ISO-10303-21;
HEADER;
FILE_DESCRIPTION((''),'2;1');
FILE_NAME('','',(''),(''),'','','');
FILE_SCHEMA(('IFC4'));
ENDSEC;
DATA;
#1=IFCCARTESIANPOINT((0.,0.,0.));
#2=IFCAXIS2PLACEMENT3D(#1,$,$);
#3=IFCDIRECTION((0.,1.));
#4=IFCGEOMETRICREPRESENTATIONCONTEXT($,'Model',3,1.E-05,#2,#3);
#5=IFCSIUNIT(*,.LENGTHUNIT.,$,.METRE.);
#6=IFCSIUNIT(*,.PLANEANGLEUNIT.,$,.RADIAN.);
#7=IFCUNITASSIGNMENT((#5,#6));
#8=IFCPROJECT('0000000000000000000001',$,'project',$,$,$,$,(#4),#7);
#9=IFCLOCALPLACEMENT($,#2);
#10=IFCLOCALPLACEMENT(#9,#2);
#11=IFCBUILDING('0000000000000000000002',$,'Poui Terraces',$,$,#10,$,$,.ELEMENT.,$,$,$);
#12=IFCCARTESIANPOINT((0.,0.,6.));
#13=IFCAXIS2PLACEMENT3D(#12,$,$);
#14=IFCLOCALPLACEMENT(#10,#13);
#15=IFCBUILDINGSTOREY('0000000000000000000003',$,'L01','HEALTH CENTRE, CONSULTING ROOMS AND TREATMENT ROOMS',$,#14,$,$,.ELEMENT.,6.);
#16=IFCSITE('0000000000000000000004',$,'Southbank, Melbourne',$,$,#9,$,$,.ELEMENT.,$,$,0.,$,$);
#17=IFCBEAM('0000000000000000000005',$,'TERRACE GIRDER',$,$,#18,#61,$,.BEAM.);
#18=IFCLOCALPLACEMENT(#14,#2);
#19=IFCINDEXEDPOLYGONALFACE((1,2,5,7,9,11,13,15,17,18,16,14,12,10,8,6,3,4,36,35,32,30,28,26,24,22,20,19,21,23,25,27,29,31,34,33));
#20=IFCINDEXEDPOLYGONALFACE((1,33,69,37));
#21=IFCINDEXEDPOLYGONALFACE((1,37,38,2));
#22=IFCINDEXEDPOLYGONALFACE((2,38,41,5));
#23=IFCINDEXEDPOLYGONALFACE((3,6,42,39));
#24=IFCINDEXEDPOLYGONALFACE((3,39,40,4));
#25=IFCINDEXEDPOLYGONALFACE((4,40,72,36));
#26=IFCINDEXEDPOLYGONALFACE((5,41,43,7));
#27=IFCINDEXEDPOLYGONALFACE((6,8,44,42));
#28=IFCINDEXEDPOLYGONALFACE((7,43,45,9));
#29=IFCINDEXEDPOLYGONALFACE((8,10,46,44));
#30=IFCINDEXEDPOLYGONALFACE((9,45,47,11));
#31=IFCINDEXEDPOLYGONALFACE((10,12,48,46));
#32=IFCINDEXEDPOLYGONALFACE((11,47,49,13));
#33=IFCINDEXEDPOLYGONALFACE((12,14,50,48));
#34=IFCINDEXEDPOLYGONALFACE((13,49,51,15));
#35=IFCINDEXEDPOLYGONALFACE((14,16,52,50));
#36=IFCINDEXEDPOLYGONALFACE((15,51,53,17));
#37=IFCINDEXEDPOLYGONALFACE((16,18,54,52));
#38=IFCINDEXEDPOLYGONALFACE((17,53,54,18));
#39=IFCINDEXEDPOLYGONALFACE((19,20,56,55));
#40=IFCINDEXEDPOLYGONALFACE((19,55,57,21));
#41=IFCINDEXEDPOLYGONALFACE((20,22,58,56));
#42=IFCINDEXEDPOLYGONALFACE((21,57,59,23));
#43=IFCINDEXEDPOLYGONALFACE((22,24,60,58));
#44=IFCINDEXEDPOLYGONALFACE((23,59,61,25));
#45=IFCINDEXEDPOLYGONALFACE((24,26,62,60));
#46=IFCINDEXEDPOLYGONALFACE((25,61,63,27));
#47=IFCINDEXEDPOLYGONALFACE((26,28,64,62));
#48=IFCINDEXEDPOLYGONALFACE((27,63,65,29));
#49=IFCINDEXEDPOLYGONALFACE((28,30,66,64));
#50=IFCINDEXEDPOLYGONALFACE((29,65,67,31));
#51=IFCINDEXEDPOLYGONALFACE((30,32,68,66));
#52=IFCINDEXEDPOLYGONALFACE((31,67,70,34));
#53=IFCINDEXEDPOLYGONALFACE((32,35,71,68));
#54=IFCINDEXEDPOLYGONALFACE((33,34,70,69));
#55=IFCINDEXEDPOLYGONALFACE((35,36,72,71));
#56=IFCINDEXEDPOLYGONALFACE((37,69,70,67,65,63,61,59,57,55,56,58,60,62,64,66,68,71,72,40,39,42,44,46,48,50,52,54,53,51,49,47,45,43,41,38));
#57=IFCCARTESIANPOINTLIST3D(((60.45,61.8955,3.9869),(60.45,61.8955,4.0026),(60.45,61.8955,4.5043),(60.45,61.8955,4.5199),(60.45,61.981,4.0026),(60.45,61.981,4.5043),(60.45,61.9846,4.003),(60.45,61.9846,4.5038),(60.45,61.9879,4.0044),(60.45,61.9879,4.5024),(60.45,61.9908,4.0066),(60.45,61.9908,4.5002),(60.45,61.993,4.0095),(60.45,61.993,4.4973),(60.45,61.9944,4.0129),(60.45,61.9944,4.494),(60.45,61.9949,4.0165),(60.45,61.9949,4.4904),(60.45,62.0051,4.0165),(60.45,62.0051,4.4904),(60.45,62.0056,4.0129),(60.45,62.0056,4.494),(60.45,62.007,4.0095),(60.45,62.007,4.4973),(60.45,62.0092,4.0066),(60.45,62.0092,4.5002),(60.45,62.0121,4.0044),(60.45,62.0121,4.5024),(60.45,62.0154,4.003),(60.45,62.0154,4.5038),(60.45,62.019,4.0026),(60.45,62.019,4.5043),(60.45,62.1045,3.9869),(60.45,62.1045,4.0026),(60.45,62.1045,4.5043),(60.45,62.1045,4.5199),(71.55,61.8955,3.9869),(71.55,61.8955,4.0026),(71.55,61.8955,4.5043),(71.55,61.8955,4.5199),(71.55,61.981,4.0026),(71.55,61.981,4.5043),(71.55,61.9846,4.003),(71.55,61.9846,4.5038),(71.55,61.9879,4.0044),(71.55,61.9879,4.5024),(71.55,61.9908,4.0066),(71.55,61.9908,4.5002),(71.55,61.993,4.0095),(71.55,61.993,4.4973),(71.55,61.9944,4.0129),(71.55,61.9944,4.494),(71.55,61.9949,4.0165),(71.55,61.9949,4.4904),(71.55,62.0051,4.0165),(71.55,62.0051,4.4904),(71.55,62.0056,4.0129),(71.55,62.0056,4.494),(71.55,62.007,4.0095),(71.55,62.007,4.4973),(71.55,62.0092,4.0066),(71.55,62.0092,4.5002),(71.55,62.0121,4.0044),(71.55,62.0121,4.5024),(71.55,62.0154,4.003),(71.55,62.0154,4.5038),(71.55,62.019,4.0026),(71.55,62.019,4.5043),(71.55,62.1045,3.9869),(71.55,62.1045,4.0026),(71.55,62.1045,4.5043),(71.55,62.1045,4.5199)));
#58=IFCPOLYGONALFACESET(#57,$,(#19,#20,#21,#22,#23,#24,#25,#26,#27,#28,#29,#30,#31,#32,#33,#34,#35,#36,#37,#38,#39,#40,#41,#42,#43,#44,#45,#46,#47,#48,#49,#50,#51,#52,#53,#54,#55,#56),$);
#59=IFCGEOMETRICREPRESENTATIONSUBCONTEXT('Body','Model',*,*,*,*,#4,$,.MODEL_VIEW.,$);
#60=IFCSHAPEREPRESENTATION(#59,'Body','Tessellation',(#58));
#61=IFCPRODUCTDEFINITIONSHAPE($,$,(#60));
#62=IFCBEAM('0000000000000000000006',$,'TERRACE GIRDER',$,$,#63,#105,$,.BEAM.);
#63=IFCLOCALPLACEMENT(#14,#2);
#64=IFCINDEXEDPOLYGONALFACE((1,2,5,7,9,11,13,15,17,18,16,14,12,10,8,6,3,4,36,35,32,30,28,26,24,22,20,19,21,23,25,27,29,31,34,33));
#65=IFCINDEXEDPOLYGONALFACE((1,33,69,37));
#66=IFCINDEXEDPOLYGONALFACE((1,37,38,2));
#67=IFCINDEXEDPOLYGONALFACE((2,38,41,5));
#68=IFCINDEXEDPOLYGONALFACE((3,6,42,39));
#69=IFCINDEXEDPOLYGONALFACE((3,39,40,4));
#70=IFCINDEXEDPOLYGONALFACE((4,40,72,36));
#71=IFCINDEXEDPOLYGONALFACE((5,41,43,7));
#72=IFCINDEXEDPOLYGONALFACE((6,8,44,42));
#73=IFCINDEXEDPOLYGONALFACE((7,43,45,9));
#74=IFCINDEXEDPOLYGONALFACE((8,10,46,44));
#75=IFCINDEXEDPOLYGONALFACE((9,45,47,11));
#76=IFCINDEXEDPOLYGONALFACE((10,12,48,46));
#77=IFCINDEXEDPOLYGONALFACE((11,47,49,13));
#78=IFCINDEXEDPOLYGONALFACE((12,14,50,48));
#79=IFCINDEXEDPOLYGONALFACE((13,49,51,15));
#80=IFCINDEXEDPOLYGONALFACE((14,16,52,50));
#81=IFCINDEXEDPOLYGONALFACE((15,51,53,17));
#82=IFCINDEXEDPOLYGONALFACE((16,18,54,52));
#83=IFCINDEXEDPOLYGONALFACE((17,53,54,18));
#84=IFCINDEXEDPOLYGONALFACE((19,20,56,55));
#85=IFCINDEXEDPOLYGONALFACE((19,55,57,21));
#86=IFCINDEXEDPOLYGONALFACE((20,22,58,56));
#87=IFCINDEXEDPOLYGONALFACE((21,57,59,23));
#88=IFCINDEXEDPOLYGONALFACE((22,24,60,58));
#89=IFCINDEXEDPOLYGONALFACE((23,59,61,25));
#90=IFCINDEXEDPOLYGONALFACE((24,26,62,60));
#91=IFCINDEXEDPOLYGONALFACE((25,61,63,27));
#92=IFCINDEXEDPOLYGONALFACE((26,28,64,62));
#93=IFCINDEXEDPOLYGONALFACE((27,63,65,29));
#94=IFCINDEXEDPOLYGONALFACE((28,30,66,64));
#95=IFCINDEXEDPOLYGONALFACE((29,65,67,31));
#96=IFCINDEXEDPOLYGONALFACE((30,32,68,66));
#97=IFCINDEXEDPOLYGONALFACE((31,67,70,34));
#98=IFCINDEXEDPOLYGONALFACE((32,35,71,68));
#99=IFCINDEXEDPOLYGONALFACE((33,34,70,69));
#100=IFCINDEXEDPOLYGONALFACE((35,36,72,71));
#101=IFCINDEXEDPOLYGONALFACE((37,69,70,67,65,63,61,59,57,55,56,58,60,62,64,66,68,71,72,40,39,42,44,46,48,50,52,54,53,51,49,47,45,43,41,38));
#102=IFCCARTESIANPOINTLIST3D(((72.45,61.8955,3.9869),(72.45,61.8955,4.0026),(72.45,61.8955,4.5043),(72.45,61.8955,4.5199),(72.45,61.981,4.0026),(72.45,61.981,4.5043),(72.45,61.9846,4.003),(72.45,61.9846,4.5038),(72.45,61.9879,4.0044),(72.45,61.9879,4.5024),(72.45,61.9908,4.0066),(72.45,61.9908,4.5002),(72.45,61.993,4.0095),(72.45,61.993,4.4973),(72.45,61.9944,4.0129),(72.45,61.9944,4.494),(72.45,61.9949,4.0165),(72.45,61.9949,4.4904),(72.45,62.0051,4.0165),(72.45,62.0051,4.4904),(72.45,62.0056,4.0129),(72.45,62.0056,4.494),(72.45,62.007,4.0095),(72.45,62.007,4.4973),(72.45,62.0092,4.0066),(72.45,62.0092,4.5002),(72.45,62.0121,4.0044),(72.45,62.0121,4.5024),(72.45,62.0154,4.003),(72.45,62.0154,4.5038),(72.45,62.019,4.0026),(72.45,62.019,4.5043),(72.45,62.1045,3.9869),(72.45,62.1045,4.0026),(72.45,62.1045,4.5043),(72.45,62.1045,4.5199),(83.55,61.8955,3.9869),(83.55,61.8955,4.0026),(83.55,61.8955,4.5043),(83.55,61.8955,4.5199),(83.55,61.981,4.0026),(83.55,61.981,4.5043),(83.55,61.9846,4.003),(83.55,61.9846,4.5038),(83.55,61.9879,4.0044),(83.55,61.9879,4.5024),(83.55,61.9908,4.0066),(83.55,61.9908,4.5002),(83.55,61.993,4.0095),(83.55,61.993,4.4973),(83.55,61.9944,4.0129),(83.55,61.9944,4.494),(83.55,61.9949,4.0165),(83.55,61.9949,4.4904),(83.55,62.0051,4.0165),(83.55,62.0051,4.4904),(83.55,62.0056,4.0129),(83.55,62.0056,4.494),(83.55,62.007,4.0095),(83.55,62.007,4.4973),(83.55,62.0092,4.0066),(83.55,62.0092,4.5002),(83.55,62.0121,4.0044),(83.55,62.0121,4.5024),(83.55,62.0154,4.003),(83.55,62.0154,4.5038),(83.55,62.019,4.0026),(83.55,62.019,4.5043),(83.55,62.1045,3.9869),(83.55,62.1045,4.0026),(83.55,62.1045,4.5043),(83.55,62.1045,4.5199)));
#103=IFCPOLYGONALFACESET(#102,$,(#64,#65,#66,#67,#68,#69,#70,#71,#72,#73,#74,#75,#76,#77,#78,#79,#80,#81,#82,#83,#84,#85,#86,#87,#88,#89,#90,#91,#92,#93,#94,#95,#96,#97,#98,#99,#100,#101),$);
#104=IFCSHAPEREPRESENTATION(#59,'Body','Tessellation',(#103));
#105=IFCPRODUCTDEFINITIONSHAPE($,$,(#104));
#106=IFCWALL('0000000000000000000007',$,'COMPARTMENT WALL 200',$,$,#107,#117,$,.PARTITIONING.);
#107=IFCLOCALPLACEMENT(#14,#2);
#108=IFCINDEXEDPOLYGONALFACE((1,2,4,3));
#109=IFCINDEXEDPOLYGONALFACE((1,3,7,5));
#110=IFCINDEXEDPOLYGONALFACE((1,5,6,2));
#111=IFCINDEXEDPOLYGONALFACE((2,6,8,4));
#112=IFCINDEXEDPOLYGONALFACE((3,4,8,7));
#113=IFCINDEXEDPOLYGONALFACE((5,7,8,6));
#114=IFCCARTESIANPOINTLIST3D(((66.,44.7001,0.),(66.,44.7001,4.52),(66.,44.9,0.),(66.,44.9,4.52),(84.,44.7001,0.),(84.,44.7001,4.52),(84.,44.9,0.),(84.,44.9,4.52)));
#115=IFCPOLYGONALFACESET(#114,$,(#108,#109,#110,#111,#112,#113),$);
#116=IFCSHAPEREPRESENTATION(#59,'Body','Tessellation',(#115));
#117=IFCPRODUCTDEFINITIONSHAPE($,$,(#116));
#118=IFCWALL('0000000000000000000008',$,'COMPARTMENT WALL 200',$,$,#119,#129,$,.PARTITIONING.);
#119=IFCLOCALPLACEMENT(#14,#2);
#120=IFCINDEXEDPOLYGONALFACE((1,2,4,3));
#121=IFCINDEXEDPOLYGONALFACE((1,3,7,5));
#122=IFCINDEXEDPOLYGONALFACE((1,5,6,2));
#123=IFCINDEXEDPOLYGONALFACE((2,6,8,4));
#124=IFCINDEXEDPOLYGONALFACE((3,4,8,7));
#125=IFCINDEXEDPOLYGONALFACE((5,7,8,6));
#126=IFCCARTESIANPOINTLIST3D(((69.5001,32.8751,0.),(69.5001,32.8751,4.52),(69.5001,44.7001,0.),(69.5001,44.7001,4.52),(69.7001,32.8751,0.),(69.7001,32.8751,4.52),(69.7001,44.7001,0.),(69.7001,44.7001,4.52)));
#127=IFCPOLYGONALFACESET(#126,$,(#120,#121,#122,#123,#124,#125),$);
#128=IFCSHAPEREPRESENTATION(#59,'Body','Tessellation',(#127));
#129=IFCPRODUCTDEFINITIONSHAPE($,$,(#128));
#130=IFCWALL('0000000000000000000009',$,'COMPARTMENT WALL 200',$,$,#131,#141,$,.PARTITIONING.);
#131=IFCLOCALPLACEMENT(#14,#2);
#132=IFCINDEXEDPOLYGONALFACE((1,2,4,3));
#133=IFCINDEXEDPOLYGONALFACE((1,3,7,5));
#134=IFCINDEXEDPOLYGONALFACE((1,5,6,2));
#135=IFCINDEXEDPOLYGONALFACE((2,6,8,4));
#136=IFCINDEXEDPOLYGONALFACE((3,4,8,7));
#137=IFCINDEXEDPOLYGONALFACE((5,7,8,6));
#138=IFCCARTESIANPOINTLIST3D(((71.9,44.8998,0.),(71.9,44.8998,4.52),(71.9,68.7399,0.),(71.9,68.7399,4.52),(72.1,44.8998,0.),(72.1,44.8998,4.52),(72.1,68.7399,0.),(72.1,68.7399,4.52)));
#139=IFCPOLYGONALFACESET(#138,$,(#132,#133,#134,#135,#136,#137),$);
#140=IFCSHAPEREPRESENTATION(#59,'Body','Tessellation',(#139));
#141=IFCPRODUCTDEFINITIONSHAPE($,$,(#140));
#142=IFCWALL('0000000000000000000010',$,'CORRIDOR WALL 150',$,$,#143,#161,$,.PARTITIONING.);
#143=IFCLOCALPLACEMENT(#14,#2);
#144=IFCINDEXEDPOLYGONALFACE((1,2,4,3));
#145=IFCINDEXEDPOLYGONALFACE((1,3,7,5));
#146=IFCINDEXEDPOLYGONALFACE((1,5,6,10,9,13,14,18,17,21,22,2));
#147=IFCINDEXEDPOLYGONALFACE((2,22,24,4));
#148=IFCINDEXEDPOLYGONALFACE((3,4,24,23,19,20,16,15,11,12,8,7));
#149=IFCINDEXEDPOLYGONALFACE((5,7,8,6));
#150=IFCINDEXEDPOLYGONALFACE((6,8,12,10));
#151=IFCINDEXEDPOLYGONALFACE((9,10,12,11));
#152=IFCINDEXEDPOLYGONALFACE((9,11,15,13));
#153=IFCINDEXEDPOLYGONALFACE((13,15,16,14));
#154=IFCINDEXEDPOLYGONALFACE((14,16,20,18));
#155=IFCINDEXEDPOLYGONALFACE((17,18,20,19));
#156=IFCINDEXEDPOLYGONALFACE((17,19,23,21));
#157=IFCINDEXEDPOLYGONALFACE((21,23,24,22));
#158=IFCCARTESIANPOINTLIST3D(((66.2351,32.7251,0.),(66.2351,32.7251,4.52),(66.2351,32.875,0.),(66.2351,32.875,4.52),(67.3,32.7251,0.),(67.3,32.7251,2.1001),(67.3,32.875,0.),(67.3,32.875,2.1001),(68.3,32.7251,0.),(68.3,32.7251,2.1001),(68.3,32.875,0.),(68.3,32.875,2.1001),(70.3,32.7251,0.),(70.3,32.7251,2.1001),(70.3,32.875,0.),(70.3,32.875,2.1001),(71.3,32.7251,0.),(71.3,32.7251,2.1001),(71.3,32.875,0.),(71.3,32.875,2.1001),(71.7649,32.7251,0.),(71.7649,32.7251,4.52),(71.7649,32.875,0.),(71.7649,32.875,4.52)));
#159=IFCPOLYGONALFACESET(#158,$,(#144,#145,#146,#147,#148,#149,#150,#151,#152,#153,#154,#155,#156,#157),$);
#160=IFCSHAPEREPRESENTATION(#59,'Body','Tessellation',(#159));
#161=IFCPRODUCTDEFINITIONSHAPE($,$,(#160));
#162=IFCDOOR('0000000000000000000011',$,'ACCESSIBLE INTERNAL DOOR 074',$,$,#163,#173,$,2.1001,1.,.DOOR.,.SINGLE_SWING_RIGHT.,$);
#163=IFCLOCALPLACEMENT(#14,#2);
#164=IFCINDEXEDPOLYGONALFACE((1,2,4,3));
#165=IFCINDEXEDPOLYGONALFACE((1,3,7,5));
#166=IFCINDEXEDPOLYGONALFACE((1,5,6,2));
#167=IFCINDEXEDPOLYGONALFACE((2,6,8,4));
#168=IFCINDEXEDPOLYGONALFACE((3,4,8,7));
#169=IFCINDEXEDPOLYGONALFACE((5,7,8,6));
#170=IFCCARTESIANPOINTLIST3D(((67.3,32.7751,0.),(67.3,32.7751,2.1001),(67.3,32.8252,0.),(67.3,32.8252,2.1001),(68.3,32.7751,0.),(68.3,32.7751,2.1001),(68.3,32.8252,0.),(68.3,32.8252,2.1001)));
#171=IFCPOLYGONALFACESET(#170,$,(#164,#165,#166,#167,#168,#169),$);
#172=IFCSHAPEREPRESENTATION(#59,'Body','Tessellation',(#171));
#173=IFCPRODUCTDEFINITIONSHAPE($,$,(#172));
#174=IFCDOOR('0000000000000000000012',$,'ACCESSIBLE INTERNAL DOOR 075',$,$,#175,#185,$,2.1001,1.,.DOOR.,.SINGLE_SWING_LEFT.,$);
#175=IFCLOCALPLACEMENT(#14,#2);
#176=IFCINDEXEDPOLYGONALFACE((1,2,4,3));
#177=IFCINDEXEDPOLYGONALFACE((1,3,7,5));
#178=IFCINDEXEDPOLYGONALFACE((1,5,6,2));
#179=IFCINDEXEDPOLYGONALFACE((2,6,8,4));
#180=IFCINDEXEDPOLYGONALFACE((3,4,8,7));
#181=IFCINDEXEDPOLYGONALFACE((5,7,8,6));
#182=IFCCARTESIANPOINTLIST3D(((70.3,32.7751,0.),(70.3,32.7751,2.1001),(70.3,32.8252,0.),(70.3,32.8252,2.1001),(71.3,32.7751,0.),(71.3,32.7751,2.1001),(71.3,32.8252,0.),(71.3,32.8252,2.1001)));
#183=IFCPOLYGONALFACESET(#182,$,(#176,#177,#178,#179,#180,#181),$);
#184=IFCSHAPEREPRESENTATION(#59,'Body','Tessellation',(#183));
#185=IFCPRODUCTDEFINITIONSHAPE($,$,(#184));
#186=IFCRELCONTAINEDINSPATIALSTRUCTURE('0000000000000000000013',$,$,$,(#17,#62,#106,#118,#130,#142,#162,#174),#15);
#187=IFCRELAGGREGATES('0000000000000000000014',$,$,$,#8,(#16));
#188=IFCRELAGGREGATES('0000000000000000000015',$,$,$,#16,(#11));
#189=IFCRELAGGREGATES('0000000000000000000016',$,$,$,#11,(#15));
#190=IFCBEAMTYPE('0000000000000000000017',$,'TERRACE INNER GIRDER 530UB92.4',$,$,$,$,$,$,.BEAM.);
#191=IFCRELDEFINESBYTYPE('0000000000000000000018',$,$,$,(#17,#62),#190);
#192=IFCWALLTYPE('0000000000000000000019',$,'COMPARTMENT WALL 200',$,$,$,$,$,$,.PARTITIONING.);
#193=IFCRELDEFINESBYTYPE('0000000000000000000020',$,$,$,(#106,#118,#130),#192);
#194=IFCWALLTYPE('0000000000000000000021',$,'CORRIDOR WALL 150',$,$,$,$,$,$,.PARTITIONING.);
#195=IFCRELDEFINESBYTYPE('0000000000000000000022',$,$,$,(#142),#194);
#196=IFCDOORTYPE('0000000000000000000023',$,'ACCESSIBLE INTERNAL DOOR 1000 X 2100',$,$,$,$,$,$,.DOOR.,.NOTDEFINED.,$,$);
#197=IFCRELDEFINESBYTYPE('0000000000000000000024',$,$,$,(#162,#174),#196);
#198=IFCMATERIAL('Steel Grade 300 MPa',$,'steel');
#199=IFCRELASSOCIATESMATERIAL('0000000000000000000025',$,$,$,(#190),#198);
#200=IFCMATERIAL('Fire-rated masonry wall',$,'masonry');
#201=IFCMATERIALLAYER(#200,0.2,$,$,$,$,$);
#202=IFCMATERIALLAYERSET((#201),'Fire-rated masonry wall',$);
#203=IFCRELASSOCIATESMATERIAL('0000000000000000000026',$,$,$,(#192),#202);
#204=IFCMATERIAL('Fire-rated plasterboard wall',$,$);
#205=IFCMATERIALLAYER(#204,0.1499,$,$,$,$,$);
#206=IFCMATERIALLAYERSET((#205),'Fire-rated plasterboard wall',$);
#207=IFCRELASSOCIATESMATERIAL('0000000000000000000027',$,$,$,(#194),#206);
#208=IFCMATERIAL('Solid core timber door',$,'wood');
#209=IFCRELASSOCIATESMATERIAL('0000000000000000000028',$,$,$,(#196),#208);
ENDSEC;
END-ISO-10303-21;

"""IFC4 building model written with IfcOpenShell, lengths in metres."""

from ifc_helpers import new_model, si_unit, direction, frame, frame_2d, origin, origin_2d, place, context, subcontext, project, spatial, rectangle, i_section, extrude, source, transform, mapped, material, layer, layer_set, material_profile, profile_set, type_object, element, fill, save


model = new_model("IFC4")

# Units and contexts
model_context = context("Model", 3, precision=1e-05, world=origin(), true_north=direction((0.0, 1.0)))
body_context = subcontext(model_context, "Body", "Model", "MODEL_VIEW")
ifc_project = project(units=[si_unit("LENGTHUNIT", "METRE"), si_unit("PLANEANGLEUNIT", "RADIAN")], contexts=[model_context])

# Site, building, storey
site_placement = place(None, origin())
site = spatial("IfcSite", under=ifc_project, at=site_placement, Name="Southbank, Melbourne", CompositionType="ELEMENT", RefElevation=0.0)
building_placement = place(site_placement, origin())
building = spatial("IfcBuilding", under=site, at=building_placement, Name="Poui Terraces", CompositionType="ELEMENT")
storey_placement = place(building_placement, frame((0.0, 0.0, 6.0)))
storey = spatial("IfcBuildingStorey", under=building, at=storey_placement, Name="L01", Description="HEALTH CENTRE, CONSULTING ROOMS AND TREATMENT ROOMS", CompositionType="ELEMENT", Elevation=6.0)

# Beams
ifc_material_1 = material(Name="Steel Grade 300 MPa", Category="steel")
ifc_material_profile_1 = material_profile(ifc_material_1, i_section(OverallWidth=0.209, OverallDepth=0.533, WebThickness=0.0103, FlangeThickness=0.0156, FilletRadius=0.0139, at=origin_2d()), Name="530UB92.4")
ifc_profile_set_1 = profile_set([ifc_material_profile_1], Name="Steel Grade 300 MPa")
beam_type_1 = type_object("IfcBeamType", Name="TERRACE INNER GIRDER 530UB92.4", PredefinedType="BEAM", material=ifc_profile_set_1)
shared_shape_1 = source(origin(), body_context, "Body", "SweptSolid", [
    extrude(i_section(OverallWidth=0.209, OverallDepth=0.533, WebThickness=0.0103, FlangeThickness=0.0156, FilletRadius=0.0139, at=origin_2d()), origin(), (0.0, 0.0, 1.0), 11.1001),
])
for number, where, z_axis, x_axis, name in (
    (1, (60.45, 62.0, 4.2534), (1.0, 0.0, 0.0), (0.0, 1.0, 0.0), "TERRACE GIRDER"),
    (2, (72.45, 62.0, 4.2534), (1.0, 0.0, 0.0), (0.0, 1.0, 0.0), "TERRACE GIRDER"),
):
    element("IfcBeam", number, at=place(storey_placement, frame(where, z_axis=z_axis, x_axis=x_axis)), inside=storey, type_object=beam_type_1, Name=name, PredefinedType="BEAM", context=body_context, shape_type="MappedRepresentation", body=[
        mapped(shared_shape_1, transform((0.0, 0.0, 0.0))),
    ])

# Walls
ifc_material_2 = material(Name="Fire-rated masonry wall", Category="masonry")
ifc_layer_1 = layer(ifc_material_2, 0.2)
ifc_layer_set_1 = layer_set([ifc_layer_1], Name="Fire-rated masonry wall")
wall_type_1 = type_object("IfcWallType", Name="COMPARTMENT WALL 200", PredefinedType="PARTITIONING", material=ifc_layer_set_1)
wall_1_placement = place(storey_placement, frame((66.0, 44.8, 0.0), z_axis=(0.0, 0.0, 1.0), x_axis=(1.0, 0.0, 0.0)))
element("IfcWall", 3, at=wall_1_placement, inside=storey, type_object=wall_type_1, Name="COMPARTMENT WALL 200", PredefinedType="PARTITIONING", context=body_context, shape_type="SweptSolid", body=[
    extrude(rectangle(XDim=18.0, YDim=0.2, at=frame_2d((9.0, 0.0))), origin(), (0.0, 0.0, 1.0), 4.52),
])
wall_2_placement = place(storey_placement, frame((69.6001, 32.875, 0.0), z_axis=(0.0, 0.0, 1.0), x_axis=(0.0, 1.0, 0.0)))
element("IfcWall", 4, at=wall_2_placement, inside=storey, type_object=wall_type_1, Name="COMPARTMENT WALL 200", PredefinedType="PARTITIONING", context=body_context, shape_type="SweptSolid", body=[
    extrude(rectangle(XDim=11.825, YDim=0.2, at=frame_2d((5.9126, 0.0))), origin(), (0.0, 0.0, 1.0), 4.52),
])
wall_3_placement = place(storey_placement, frame((72.0, 44.8999, 0.0), z_axis=(0.0, 0.0, 1.0), x_axis=(0.0, 1.0, 0.0)))
element("IfcWall", 5, at=wall_3_placement, inside=storey, type_object=wall_type_1, Name="COMPARTMENT WALL 200", PredefinedType="PARTITIONING", context=body_context, shape_type="SweptSolid", body=[
    extrude(rectangle(XDim=23.8401, YDim=0.2, at=frame_2d((11.9199, 0.0))), origin(), (0.0, 0.0, 1.0), 4.52),
])

# Wall, openings, doors
ifc_material_3 = material(Name="Fire-rated plasterboard wall")
ifc_layer_2 = layer(ifc_material_3, 0.1499)
ifc_layer_set_2 = layer_set([ifc_layer_2], Name="Fire-rated plasterboard wall")
wall_type_2 = type_object("IfcWallType", Name="CORRIDOR WALL 150", PredefinedType="PARTITIONING", material=ifc_layer_set_2)
wall_4_placement = place(storey_placement, frame((66.2351, 32.8, 0.0), z_axis=(0.0, 0.0, 1.0), x_axis=(1.0, 0.0, 0.0)))
wall_4 = element("IfcWall", 6, at=wall_4_placement, inside=storey, type_object=wall_type_2, Name="CORRIDOR WALL 150", PredefinedType="PARTITIONING", context=body_context, shape_type="SweptSolid", body=[
    extrude(rectangle(XDim=5.5298, YDim=0.1499, at=frame_2d((2.7649, 0.0))), origin(), (0.0, 0.0, 1.0), 4.52),
])
opening_1_placement = place(wall_4_placement, frame((1.0649, 0.0, 0.0)))
opening_1 = element("IfcOpeningElement", 7, at=opening_1_placement, cuts=wall_4, PredefinedType="OPENING", context=body_context, shape_type="SweptSolid", body=[
    extrude(rectangle(XDim=1.0, YDim=2.1001, at=frame_2d((0.5, 1.05))), frame((0.0, 0.085, 0.0), z_axis=(0.0, -1.0, 0.0), x_axis=(1.0, 0.0, 0.0)), (0.0, 0.0, 1.0), 0.1699),
])
opening_2_placement = place(wall_4_placement, frame((4.0649, 0.0, 0.0)))
opening_2 = element("IfcOpeningElement", 8, at=opening_2_placement, cuts=wall_4, PredefinedType="OPENING", context=body_context, shape_type="SweptSolid", body=[
    extrude(rectangle(XDim=1.0, YDim=2.1001, at=frame_2d((0.5, 1.05))), frame((0.0, 0.085, 0.0), z_axis=(0.0, -1.0, 0.0), x_axis=(1.0, 0.0, 0.0)), (0.0, 0.0, 1.0), 0.1699),
])
ifc_material_4 = material(Name="Solid core timber door", Category="wood")
door_type = type_object("IfcDoorType", Name="ACCESSIBLE INTERNAL DOOR 1000 X 2100", OperationType="NOTDEFINED", PredefinedType="DOOR", material=ifc_material_4)
door_1_placement = place(opening_1_placement, frame((1.0, 0.0, 0.0), z_axis=(0.0, 0.0, 1.0), x_axis=(-1.0, 0.0, 0.0)))
door_1 = element("IfcDoor", 9, at=door_1_placement, inside=storey, type_object=door_type, Name="ACCESSIBLE INTERNAL DOOR 074", OperationType="SINGLE_SWING_RIGHT", OverallHeight=2.1001, OverallWidth=1.0, PredefinedType="DOOR", context=body_context, shape_type="SweptSolid", body=[
    extrude(rectangle(XDim=1.0, YDim=2.1001, at=frame_2d((0.5, 1.05))), frame((0.0, 0.0249, 0.0), z_axis=(0.0, -1.0, 0.0), x_axis=(1.0, 0.0, 0.0)), (0.0, 0.0, 1.0), 0.05),
])
fill(opening_1, door_1)
door_2_placement = place(opening_2_placement, frame((1.0, 0.0, 0.0), z_axis=(0.0, 0.0, 1.0), x_axis=(-1.0, 0.0, 0.0)))
door_2 = element("IfcDoor", 10, at=door_2_placement, inside=storey, type_object=door_type, Name="ACCESSIBLE INTERNAL DOOR 075", OperationType="SINGLE_SWING_LEFT", OverallHeight=2.1001, OverallWidth=1.0, PredefinedType="DOOR", context=body_context, shape_type="SweptSolid", body=[
    extrude(rectangle(XDim=1.0, YDim=2.1001, at=frame_2d((0.5, 1.05))), frame((0.0, 0.0249, 0.0), z_axis=(0.0, -1.0, 0.0), x_axis=(1.0, 0.0, 0.0)), (0.0, 0.0, 1.0), 0.05),
])
fill(opening_2, door_2)

save(model, "model.ifc")
